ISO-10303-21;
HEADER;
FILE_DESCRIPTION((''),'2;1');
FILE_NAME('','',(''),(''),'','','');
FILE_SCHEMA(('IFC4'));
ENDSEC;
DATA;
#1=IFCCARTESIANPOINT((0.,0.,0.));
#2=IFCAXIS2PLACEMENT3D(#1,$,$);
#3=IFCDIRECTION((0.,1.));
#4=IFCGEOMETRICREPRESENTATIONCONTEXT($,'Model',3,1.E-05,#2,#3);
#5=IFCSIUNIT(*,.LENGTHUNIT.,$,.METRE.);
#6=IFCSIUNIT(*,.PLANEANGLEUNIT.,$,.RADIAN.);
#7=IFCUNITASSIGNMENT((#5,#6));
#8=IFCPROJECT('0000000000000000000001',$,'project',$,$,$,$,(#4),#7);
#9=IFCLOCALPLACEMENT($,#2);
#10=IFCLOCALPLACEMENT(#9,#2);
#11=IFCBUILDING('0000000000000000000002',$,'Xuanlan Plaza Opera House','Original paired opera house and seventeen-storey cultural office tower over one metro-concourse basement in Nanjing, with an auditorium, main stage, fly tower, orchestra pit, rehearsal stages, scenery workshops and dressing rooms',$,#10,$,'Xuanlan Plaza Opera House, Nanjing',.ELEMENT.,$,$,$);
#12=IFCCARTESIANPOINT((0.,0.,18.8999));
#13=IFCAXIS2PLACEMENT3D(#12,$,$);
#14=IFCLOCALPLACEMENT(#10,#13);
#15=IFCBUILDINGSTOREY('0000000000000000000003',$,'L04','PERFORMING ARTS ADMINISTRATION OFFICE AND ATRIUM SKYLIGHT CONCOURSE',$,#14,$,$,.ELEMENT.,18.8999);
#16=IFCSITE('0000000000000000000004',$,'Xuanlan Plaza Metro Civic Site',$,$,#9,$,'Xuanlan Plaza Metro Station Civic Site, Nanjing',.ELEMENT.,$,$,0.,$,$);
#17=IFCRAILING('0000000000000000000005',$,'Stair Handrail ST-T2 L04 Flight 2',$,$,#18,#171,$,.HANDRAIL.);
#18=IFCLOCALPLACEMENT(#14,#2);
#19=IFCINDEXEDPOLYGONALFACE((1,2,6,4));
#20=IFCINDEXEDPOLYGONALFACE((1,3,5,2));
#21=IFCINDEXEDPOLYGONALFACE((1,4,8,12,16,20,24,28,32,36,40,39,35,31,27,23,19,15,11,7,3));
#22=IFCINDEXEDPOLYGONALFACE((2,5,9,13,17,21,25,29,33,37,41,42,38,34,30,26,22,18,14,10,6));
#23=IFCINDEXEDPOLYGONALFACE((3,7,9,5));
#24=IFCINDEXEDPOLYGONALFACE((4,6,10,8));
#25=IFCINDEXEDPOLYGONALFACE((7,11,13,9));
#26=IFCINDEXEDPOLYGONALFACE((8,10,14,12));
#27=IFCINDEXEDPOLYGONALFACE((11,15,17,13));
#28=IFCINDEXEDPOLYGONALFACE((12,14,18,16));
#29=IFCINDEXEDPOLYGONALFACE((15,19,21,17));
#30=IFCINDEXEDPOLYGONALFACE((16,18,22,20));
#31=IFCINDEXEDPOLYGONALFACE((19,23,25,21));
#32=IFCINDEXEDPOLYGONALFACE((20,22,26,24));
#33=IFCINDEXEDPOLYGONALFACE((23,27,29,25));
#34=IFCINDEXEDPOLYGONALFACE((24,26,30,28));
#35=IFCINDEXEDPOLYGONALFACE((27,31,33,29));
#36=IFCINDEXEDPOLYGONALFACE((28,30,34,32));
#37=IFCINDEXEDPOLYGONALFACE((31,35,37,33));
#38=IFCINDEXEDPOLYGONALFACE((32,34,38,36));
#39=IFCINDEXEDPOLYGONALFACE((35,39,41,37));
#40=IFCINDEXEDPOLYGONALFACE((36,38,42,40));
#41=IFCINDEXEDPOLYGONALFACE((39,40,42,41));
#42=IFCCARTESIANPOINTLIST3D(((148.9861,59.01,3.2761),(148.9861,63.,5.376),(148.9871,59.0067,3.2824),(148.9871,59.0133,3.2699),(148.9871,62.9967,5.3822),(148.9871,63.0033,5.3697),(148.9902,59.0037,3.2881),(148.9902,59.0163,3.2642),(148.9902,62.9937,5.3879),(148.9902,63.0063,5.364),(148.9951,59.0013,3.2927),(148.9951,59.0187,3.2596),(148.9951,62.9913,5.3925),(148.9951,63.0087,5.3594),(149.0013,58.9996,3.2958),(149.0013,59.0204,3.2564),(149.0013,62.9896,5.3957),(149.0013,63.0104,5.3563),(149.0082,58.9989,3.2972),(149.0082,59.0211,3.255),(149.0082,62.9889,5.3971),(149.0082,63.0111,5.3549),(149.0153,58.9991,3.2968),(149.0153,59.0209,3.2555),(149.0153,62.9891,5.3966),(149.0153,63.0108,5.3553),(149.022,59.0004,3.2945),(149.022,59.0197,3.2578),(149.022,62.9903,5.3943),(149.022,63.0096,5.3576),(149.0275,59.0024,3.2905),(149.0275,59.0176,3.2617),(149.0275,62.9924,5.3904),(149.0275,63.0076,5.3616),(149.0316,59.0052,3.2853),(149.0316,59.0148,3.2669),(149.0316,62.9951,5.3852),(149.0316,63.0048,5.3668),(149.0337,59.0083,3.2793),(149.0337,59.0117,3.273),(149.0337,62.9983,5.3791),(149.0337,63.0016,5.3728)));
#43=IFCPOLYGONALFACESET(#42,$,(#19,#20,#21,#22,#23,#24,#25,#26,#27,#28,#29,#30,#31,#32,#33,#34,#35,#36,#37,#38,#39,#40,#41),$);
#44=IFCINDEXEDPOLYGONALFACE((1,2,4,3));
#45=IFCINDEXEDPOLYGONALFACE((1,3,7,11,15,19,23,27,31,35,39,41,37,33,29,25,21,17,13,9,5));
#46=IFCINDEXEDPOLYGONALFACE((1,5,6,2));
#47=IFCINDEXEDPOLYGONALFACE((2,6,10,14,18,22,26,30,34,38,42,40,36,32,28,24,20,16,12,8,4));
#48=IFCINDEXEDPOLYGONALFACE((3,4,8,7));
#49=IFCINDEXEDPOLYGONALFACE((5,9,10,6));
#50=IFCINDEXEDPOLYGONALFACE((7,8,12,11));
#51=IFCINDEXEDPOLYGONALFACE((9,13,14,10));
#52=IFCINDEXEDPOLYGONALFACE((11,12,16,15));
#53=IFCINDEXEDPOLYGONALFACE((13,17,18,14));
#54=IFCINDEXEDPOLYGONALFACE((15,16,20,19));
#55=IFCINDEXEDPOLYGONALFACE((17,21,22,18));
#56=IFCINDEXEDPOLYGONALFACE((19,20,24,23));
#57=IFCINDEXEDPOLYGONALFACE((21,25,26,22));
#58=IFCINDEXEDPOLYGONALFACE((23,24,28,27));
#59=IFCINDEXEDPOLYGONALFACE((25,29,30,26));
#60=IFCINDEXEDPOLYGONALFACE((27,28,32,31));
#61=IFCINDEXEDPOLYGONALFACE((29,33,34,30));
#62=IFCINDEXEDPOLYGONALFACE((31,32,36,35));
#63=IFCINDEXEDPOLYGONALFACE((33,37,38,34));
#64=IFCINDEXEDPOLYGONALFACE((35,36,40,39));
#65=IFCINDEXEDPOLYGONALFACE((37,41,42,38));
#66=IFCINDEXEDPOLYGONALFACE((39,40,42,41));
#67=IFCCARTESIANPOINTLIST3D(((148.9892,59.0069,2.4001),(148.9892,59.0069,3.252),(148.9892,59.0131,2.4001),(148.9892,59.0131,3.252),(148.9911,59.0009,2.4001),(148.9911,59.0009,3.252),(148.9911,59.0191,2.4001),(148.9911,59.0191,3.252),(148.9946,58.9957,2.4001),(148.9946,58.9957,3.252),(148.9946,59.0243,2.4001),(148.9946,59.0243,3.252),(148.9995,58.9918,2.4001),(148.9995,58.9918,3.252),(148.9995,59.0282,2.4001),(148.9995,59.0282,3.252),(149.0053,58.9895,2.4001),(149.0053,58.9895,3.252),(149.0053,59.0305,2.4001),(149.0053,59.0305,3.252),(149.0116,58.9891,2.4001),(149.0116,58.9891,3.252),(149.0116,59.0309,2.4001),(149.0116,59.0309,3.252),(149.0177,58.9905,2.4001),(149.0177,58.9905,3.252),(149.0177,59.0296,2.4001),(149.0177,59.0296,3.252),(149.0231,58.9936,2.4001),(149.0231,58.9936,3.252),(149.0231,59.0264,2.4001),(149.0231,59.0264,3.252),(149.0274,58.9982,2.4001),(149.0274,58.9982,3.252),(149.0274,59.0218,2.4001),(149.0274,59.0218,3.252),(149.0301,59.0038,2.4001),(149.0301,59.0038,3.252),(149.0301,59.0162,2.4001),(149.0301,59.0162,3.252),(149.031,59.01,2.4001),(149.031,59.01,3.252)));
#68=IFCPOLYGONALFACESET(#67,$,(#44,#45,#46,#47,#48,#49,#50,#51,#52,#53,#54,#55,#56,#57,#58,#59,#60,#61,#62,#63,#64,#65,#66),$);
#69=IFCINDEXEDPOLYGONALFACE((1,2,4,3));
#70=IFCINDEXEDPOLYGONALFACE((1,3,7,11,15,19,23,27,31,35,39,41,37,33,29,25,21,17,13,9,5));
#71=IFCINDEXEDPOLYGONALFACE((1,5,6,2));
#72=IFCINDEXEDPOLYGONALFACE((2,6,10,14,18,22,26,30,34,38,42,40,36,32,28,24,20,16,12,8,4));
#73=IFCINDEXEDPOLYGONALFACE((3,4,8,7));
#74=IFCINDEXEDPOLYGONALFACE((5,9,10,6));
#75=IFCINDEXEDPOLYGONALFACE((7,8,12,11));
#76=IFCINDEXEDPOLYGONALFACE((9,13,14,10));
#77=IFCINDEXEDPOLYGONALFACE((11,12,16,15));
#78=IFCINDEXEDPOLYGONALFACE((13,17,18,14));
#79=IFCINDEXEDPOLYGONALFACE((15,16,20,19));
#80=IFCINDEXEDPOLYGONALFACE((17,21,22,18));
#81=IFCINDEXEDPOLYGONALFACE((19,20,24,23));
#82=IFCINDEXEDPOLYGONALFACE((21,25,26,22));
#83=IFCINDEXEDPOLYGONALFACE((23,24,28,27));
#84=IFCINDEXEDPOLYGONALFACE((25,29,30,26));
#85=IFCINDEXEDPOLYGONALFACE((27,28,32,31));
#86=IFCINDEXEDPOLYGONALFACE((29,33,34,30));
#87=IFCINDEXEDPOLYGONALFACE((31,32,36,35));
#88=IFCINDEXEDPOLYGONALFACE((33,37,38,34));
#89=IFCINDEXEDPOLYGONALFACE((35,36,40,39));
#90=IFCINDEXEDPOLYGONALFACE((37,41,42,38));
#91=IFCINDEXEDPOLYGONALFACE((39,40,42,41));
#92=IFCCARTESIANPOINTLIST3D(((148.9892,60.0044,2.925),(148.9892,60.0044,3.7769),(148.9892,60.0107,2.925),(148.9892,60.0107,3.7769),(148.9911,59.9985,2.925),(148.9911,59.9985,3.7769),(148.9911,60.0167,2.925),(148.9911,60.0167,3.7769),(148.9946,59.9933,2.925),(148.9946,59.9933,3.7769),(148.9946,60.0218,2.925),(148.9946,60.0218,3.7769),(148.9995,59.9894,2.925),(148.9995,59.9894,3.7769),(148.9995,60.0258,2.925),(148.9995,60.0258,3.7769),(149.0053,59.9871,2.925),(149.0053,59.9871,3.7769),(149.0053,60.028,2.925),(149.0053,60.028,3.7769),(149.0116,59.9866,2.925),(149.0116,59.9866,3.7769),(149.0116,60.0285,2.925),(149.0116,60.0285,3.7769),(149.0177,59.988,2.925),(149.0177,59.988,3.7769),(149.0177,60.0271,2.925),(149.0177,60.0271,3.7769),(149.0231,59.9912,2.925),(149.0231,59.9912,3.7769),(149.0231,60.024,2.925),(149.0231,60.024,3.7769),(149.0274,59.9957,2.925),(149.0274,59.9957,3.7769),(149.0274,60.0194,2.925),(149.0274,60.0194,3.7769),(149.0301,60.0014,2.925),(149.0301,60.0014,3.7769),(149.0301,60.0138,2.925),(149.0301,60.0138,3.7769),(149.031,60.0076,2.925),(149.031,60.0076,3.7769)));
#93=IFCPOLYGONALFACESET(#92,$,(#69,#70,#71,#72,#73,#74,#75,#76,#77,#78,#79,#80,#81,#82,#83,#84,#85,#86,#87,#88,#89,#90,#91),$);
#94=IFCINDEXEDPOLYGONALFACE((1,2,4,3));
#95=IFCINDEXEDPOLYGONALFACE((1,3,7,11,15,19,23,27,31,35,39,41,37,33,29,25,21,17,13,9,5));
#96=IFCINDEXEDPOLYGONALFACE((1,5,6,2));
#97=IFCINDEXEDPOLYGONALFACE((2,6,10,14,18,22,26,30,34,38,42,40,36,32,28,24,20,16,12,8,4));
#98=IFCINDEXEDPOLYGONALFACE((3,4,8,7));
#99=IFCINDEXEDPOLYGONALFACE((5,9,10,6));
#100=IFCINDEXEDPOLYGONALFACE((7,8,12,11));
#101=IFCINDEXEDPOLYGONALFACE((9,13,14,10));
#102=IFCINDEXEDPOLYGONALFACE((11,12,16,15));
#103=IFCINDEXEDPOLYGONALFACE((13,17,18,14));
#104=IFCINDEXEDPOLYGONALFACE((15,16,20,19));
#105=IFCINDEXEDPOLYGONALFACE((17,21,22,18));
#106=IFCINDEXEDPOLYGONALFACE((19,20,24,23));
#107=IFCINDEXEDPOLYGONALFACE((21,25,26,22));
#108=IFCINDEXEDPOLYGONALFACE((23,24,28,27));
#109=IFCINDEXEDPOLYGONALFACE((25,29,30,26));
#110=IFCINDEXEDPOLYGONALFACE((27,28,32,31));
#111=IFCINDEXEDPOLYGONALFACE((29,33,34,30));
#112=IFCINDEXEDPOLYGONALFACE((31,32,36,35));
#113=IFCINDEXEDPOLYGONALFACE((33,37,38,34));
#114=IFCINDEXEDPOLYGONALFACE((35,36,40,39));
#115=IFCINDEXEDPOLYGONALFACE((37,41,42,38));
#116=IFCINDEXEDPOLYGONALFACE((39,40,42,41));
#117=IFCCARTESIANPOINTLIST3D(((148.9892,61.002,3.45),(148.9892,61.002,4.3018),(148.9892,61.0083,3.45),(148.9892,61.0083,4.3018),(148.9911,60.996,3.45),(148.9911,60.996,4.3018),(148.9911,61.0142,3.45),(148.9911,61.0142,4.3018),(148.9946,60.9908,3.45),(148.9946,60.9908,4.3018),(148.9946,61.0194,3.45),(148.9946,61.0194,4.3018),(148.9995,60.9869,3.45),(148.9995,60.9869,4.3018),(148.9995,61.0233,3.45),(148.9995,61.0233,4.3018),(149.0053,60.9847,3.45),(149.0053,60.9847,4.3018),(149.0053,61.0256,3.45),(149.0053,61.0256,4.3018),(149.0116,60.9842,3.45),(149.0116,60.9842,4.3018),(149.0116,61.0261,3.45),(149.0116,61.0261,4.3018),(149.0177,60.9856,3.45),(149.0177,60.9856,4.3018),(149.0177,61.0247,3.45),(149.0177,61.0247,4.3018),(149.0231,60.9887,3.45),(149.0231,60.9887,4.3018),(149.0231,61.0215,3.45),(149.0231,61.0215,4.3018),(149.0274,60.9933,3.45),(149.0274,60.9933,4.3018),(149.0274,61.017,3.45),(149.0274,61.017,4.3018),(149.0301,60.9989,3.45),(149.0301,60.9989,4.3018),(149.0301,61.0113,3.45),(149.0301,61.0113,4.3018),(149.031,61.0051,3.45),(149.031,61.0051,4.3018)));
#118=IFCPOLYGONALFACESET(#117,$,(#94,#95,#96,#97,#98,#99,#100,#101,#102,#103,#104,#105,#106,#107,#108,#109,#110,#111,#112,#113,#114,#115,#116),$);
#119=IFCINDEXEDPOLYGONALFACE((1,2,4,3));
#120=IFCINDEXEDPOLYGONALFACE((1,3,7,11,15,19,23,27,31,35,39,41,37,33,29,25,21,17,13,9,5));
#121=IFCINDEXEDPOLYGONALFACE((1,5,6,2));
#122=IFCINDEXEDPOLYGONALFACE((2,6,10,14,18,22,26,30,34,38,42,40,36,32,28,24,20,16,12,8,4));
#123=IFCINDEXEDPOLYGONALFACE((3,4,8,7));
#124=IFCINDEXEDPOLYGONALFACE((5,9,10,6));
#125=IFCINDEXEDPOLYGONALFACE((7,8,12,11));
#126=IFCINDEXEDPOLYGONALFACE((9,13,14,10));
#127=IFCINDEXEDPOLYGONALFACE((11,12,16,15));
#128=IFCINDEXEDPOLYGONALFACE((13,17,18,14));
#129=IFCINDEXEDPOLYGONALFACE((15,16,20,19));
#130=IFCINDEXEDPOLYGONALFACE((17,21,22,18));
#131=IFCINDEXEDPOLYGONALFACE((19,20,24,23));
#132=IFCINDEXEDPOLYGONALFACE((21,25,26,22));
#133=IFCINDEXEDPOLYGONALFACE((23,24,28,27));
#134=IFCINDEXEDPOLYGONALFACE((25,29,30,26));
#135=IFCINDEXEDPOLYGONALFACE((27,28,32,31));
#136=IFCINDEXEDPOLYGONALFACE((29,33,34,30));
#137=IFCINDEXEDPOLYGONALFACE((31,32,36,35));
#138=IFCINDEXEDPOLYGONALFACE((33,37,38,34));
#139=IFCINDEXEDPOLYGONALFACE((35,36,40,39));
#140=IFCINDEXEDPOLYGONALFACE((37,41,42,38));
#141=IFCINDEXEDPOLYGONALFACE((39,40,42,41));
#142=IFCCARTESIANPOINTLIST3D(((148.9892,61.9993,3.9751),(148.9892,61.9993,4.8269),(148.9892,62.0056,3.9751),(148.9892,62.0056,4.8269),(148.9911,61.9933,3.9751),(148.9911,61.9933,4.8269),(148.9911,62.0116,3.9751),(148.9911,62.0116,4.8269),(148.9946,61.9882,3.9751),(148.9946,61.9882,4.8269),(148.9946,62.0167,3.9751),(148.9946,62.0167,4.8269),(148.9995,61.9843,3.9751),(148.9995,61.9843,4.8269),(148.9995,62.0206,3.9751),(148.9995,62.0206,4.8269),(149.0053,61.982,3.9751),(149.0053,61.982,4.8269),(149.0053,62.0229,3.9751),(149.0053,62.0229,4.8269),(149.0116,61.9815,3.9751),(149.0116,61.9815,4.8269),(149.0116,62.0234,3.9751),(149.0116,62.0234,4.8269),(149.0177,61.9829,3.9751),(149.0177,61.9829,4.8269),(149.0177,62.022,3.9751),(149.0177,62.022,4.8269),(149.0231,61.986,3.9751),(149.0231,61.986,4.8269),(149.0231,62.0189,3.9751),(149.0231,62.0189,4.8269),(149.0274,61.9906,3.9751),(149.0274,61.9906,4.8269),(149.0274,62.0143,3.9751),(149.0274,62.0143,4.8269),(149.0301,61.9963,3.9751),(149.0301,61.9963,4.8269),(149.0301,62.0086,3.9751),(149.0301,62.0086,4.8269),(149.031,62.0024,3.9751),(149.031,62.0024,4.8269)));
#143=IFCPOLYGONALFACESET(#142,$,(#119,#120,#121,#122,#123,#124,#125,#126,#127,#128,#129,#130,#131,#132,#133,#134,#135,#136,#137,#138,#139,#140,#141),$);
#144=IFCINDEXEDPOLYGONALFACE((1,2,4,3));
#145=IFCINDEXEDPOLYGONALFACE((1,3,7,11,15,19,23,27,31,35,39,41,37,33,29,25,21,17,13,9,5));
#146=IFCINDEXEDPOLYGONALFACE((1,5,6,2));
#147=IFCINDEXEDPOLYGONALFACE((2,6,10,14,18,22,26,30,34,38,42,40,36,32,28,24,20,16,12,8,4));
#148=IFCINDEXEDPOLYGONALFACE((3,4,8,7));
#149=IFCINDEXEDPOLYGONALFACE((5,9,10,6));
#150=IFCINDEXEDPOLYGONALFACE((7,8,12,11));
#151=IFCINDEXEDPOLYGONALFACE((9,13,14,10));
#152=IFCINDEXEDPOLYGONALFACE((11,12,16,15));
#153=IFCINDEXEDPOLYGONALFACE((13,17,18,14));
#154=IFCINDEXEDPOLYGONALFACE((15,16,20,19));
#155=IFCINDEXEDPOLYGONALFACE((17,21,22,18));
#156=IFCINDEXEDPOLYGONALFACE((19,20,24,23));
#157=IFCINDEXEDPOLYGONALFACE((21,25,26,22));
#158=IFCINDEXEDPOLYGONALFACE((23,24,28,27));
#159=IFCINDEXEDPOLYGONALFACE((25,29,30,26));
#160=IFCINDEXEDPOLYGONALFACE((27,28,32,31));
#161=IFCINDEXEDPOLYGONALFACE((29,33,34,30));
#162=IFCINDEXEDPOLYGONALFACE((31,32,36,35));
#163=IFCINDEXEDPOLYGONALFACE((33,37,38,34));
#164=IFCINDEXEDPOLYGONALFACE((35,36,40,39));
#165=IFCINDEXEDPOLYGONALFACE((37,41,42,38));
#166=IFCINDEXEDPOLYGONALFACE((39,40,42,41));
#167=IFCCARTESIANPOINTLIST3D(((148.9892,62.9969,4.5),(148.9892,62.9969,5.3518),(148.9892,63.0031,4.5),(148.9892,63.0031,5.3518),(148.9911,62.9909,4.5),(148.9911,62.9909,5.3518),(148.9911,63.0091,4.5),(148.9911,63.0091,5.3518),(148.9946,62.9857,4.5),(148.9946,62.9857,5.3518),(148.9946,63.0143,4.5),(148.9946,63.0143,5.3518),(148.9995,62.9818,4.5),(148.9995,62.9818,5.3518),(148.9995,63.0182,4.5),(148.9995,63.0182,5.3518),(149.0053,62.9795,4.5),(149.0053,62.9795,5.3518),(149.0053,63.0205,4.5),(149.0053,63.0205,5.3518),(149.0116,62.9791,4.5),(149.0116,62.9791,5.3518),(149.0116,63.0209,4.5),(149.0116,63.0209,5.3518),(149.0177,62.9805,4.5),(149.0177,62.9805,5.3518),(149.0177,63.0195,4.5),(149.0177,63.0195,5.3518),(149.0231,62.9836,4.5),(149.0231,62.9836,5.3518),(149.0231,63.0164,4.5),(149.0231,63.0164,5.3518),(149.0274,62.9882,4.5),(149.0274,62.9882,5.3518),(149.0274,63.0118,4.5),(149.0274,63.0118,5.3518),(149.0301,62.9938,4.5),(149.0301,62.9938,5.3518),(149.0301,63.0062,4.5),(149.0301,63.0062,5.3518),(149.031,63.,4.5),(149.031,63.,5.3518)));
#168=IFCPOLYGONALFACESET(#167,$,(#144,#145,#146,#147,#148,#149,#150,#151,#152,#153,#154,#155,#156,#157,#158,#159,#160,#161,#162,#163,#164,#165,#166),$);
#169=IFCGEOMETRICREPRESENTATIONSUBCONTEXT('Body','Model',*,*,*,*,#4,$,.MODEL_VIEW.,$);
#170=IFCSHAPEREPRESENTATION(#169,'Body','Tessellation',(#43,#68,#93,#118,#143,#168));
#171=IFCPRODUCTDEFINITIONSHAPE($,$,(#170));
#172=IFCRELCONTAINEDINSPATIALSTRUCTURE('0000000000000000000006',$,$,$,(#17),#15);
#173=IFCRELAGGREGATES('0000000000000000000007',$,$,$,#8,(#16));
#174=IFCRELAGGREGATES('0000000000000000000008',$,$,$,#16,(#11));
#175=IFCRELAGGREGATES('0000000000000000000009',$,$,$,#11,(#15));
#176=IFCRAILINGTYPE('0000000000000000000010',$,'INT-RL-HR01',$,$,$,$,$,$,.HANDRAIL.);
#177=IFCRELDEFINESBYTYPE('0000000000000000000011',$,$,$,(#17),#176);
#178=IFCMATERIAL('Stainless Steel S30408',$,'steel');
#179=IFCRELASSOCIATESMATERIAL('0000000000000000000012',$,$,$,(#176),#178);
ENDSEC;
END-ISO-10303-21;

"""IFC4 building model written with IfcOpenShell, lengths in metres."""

from ifc_helpers import new_model, si_unit, direction, frame, origin, origin_2d, place, context, subcontext, project, spatial, circle, extrude, material, type_object, element, save


model = new_model("IFC4")

# Units and contexts
model_context = context("Model", 3, precision=1e-05, world=origin(), true_north=direction((0.0, 1.0)))
body_context = subcontext(model_context, "Body", "Model", "MODEL_VIEW")
ifc_project = project(units=[si_unit("LENGTHUNIT", "METRE"), si_unit("PLANEANGLEUNIT", "RADIAN")], contexts=[model_context])

# Site, building, storey
site_placement = place(None, origin())
site = spatial("IfcSite", under=ifc_project, at=site_placement, Name="Xuanlan Plaza Metro Civic Site", LongName="Xuanlan Plaza Metro Station Civic Site, Nanjing", CompositionType="ELEMENT", RefElevation=0.0)
building_placement = place(site_placement, origin())
building = spatial("IfcBuilding", under=site, at=building_placement, Name="Xuanlan Plaza Opera House", Description="Original paired opera house and seventeen-storey cultural office tower over one metro-concourse basement in Nanjing, with an auditorium, main stage, fly tower, orchestra pit, rehearsal stages, scenery workshops and dressing rooms", LongName="Xuanlan Plaza Opera House, Nanjing", CompositionType="ELEMENT")
storey_placement = place(building_placement, frame((0.0, 0.0, 18.8999)))
storey = spatial("IfcBuildingStorey", under=building, at=storey_placement, Name="L04", Description="PERFORMING ARTS ADMINISTRATION OFFICE AND ATRIUM SKYLIGHT CONCOURSE", CompositionType="ELEMENT", Elevation=18.8999)

# Shared definitions
ifc_material_1 = material(Name="Stainless Steel S30408", Category="steel")

# Railing
railing_type = type_object("IfcRailingType", Name="INT-RL-HR01", PredefinedType="HANDRAIL", material=ifc_material_1)
railing_placement = place(storey_placement, frame((149.01, 59.01, 2.4001)))
element("IfcRailing", 1, at=railing_placement, inside=storey, type_object=railing_type, Name="Stair Handrail ST-T2 L04 Flight 2", PredefinedType="HANDRAIL", context=body_context, shape_type="SweptSolid", body=[
    extrude(circle(Radius=0.0239, at=origin_2d()), frame((0.0, 0.0, 0.876), z_axis=(0.0, 0.884931, 0.465722), x_axis=(-1.0, 0.0, 0.0)), (0.0, 0.0, 1.0), 4.5088),
    extrude(circle(Radius=0.021, at=origin_2d()), origin(), (0.0, 0.0, 1.0), 0.8518),
    extrude(circle(Radius=0.021, at=origin_2d()), frame((0.0, 0.9976, 0.5249)), (0.0, 0.0, 1.0), 0.8518),
    extrude(circle(Radius=0.021, at=origin_2d()), frame((0.0, 1.9951, 1.0498)), (0.0, 0.0, 1.0), 0.8518),
    extrude(circle(Radius=0.021, at=origin_2d()), frame((0.0, 2.9924, 1.575)), (0.0, 0.0, 1.0), 0.8518),
    extrude(circle(Radius=0.021, at=origin_2d()), frame((0.0, 3.99, 2.0999)), (0.0, 0.0, 1.0), 0.8518),
])

save(model, "model.ifc")
